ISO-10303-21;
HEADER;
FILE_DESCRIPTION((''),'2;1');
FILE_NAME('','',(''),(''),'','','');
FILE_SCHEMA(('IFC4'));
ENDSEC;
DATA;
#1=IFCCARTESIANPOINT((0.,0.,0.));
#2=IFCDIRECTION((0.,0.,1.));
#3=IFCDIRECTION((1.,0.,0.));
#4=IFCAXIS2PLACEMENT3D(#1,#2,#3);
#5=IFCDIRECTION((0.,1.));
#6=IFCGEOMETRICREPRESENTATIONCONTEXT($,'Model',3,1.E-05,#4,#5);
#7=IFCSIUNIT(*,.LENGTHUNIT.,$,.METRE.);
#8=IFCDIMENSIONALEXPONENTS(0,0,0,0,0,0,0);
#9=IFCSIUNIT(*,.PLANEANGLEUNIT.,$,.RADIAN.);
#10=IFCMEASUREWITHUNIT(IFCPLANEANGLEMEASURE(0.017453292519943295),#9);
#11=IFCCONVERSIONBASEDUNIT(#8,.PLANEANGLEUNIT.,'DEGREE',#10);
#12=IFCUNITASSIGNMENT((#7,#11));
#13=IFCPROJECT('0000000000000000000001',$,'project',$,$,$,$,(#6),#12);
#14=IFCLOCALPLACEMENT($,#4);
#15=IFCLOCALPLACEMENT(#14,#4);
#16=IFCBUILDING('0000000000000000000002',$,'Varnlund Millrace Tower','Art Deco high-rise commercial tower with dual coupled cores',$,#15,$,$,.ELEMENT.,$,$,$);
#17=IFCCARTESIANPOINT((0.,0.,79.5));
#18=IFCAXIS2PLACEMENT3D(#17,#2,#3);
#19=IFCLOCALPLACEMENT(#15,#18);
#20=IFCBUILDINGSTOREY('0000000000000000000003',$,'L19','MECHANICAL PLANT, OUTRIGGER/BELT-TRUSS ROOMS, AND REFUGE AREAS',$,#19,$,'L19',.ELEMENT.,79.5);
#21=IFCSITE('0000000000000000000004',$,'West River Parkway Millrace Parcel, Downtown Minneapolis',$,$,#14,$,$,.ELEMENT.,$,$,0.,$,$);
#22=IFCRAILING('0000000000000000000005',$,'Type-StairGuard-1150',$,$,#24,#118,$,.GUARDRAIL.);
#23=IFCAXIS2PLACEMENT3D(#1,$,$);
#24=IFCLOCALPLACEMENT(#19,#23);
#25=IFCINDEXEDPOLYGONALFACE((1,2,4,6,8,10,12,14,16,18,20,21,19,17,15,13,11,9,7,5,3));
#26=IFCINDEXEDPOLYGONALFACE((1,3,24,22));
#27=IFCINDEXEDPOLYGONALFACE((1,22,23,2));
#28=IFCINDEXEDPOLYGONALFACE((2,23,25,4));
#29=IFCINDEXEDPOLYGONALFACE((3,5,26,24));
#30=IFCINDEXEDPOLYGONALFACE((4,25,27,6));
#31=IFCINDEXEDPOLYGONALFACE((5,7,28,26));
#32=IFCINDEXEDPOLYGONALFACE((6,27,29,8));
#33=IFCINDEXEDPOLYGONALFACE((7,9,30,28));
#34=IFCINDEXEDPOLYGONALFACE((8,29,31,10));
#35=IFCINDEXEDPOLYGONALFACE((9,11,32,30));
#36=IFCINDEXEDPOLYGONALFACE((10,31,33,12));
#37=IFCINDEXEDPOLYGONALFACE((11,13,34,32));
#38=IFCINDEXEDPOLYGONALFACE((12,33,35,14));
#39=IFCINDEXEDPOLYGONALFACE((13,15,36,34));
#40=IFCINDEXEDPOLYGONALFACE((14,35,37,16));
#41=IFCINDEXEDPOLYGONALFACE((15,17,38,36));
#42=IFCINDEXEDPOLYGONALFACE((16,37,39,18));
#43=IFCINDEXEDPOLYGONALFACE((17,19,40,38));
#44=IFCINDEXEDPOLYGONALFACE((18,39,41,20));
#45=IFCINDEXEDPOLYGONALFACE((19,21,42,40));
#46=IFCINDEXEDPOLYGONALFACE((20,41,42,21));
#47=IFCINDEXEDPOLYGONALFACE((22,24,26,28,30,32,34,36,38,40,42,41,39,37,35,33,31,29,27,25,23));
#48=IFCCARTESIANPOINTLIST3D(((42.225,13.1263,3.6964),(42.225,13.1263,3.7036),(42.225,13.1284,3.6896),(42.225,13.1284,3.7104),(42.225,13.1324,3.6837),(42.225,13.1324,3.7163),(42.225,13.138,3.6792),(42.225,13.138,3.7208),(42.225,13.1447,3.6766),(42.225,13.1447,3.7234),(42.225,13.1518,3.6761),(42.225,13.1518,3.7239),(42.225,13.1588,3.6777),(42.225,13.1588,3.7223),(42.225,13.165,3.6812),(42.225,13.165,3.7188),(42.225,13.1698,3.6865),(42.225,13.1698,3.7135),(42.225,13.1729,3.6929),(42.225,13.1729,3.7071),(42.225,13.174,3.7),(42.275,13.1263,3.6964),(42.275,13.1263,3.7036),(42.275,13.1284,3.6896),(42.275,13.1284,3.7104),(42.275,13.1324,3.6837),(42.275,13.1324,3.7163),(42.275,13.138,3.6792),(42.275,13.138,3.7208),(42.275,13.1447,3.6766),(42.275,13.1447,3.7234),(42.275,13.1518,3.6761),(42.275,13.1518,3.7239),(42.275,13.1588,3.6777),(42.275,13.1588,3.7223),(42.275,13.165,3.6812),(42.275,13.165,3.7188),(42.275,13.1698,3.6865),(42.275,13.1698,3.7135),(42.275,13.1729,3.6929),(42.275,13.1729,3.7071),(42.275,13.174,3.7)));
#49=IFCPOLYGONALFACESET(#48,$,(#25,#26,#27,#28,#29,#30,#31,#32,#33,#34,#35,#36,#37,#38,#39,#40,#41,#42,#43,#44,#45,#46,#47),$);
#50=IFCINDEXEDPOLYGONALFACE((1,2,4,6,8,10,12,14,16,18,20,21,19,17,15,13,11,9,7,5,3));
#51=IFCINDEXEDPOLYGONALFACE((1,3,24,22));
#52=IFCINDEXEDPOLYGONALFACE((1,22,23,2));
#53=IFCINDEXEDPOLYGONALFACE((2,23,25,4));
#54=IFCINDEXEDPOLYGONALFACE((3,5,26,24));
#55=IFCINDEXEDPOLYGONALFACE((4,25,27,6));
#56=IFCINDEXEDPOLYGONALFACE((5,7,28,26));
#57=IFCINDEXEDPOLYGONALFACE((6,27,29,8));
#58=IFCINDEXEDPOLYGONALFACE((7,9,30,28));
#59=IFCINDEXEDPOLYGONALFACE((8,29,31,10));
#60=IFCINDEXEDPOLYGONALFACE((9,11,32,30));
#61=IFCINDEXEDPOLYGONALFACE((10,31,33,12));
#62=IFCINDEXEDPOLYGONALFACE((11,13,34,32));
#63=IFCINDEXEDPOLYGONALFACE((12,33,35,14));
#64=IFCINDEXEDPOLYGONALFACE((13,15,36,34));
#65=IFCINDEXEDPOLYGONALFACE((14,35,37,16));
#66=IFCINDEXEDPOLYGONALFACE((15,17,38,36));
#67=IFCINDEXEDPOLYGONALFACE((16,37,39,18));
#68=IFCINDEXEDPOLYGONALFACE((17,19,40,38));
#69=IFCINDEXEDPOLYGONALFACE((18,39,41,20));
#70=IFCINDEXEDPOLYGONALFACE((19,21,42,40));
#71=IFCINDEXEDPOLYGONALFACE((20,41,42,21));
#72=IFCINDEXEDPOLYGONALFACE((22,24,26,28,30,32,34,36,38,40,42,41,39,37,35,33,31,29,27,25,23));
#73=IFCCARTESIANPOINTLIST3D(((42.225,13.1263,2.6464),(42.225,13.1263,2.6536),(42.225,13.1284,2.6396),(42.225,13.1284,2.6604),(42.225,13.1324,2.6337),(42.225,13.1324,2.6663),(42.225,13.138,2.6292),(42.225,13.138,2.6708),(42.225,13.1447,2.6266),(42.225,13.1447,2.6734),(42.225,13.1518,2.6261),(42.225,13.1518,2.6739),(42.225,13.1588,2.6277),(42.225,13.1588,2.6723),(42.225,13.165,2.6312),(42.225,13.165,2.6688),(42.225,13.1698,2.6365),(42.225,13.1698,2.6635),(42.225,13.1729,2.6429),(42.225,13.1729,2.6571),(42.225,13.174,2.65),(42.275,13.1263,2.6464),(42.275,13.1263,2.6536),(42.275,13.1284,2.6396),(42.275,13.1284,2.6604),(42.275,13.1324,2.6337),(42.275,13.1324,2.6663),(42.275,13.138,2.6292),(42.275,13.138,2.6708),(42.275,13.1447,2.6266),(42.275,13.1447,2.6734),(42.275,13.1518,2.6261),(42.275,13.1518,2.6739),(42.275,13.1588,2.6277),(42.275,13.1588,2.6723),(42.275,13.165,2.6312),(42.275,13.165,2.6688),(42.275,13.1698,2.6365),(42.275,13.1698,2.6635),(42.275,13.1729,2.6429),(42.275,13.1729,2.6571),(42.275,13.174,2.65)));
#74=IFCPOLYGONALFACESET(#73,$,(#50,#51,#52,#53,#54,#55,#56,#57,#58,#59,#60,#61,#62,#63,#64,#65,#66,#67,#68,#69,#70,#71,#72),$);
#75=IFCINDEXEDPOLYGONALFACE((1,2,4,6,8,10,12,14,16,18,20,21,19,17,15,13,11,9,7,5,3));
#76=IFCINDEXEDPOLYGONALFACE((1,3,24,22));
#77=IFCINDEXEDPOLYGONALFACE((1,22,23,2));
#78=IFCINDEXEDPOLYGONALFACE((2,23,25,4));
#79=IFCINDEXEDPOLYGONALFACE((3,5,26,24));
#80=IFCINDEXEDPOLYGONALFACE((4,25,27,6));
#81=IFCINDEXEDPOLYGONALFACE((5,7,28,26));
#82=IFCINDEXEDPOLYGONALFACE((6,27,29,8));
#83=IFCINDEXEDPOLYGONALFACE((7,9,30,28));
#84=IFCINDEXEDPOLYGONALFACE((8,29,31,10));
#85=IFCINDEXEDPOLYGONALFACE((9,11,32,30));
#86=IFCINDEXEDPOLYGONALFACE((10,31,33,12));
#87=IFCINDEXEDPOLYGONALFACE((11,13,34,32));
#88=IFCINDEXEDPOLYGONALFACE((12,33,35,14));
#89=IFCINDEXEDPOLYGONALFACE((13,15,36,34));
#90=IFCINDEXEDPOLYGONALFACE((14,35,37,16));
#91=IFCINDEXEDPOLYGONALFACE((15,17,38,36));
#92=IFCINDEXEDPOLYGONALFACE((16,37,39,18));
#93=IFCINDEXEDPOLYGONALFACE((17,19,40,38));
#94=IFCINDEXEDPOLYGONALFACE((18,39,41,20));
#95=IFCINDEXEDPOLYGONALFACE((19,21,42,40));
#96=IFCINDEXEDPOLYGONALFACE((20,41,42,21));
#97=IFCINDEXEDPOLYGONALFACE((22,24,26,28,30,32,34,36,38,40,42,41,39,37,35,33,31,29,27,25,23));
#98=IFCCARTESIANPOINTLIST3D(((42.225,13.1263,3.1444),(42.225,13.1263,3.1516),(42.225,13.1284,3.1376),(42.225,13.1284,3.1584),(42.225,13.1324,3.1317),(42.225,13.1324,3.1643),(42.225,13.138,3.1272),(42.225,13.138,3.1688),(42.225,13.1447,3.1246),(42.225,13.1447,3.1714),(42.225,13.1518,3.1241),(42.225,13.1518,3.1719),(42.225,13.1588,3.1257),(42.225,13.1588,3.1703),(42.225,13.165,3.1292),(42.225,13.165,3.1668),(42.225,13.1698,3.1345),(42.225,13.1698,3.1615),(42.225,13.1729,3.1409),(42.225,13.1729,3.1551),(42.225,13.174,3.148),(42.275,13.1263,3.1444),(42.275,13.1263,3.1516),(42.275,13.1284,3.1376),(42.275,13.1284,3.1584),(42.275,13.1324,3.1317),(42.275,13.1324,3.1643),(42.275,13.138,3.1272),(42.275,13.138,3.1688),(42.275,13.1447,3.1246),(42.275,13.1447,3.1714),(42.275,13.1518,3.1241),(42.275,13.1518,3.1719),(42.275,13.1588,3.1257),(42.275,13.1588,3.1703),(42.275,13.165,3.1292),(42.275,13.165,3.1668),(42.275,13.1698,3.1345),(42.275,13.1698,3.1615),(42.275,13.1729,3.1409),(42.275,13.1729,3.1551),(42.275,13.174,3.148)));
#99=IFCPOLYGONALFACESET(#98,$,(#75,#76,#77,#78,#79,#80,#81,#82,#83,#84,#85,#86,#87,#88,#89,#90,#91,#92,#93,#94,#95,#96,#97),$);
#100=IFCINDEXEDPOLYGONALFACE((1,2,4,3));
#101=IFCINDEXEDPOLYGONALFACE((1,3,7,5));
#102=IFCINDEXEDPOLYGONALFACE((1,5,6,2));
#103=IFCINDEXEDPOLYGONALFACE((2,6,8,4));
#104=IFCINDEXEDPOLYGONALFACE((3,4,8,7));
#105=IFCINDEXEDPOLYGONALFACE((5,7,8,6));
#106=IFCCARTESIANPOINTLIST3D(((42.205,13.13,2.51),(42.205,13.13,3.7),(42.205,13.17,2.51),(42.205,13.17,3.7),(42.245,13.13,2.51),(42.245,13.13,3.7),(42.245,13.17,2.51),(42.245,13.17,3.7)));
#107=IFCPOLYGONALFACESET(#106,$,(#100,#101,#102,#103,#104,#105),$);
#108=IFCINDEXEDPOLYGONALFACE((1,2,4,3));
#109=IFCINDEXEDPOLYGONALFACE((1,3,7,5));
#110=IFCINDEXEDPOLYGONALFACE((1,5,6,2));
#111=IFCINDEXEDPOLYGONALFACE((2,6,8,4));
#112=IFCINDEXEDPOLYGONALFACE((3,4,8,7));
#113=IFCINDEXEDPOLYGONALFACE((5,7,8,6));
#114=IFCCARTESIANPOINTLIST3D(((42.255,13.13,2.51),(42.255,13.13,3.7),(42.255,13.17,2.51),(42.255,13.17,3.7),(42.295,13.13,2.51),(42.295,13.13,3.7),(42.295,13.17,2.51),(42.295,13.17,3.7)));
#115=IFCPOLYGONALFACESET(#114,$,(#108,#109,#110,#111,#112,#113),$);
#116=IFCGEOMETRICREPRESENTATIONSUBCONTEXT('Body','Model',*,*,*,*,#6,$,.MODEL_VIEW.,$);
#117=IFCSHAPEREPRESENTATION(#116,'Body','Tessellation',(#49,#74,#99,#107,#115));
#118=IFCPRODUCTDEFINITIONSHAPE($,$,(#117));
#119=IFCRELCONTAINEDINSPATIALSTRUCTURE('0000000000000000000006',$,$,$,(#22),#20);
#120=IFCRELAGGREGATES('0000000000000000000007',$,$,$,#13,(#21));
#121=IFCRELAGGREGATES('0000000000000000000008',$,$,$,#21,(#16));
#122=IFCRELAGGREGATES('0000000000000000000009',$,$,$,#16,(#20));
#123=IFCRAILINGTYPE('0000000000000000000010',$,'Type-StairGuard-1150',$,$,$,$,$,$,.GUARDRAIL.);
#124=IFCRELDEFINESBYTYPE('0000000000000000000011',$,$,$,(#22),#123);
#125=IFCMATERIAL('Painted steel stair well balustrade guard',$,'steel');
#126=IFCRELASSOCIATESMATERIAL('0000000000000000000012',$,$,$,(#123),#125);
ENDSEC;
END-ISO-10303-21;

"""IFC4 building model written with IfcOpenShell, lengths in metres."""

from ifc_helpers import new_model, entity, si_unit, converted_unit, direction, frame, origin_with_axes, origin_2d_with_axis, place, context, subcontext, project, spatial, rectangle, circle, extrude, material, type_object, element, save


model = new_model("IFC4")

# Units and contexts
model_context = context("Model", 3, precision=1e-05, world=origin_with_axes(), true_north=direction((0.0, 1.0)))
body_context = subcontext(model_context, "Body", "Model", "MODEL_VIEW")
ifc_project = project(units=[si_unit("LENGTHUNIT", "METRE"), converted_unit("PLANEANGLEUNIT", "DEGREE", entity("IfcPlaneAngleMeasure", 0.017453292519943295), si_unit("PLANEANGLEUNIT", "RADIAN"), dimensions=[0, 0, 0, 0, 0, 0, 0])], contexts=[model_context])

# Site, building, storey
site_placement = place(None, origin_with_axes())
site = spatial("IfcSite", under=ifc_project, at=site_placement, Name="West River Parkway Millrace Parcel, Downtown Minneapolis", CompositionType="ELEMENT", RefElevation=0.0)
building_placement = place(site_placement, origin_with_axes())
building = spatial("IfcBuilding", under=site, at=building_placement, Name="Varnlund Millrace Tower", Description="Art Deco high-rise commercial tower with dual coupled cores", CompositionType="ELEMENT")
storey_placement = place(building_placement, frame((0.0, 0.0, 79.5), z_axis=(0.0, 0.0, 1.0), x_axis=(1.0, 0.0, 0.0)))
storey = spatial("IfcBuildingStorey", under=building, at=storey_placement, Name="L19", Description="MECHANICAL PLANT, OUTRIGGER/BELT-TRUSS ROOMS, AND REFUGE AREAS", LongName="L19", CompositionType="ELEMENT", Elevation=79.5)

# Railing
ifc_material_1 = material(Name="Painted steel stair well balustrade guard", Category="steel")
railing_type_1 = type_object("IfcRailingType", Name="Type-StairGuard-1150", PredefinedType="GUARDRAIL", material=ifc_material_1)
railing_1_placement = place(storey_placement, frame((0.0, 0.0, -79.5), z_axis=(0.0, 0.0, 1.0), x_axis=(1.0, 0.0, 0.0)))
element("IfcRailing", 1, at=railing_1_placement, inside=storey, type_object=railing_type_1, Name="Type-StairGuard-1150", PredefinedType="GUARDRAIL", context=body_context, shape_type="SweptSolid", body=[
    extrude(circle(Radius=0.024, at=origin_2d_with_axis()), frame((42.225, 13.15, 83.2), z_axis=(1.0, 0.0, 0.0), x_axis=(0.0, 1.0, 0.0)), (0.0, 0.0, 1.0), 0.05),
    extrude(circle(Radius=0.024, at=origin_2d_with_axis()), frame((42.225, 13.15, 82.15), z_axis=(1.0, 0.0, 0.0), x_axis=(0.0, 1.0, 0.0)), (0.0, 0.0, 1.0), 0.05),
    extrude(circle(Radius=0.024, at=origin_2d_with_axis()), frame((42.225, 13.15, 82.648), z_axis=(1.0, 0.0, 0.0), x_axis=(0.0, 1.0, 0.0)), (0.0, 0.0, 1.0), 0.05),
    extrude(rectangle(XDim=0.04, YDim=0.04, at=origin_2d_with_axis()), frame((42.225, 13.15, 82.01), z_axis=(0.0, 0.0, 1.0), x_axis=(1.0, 0.0, 0.0)), (0.0, 0.0, 1.0), 1.19),
    extrude(rectangle(XDim=0.04, YDim=0.04, at=origin_2d_with_axis()), frame((42.275, 13.15, 82.01), z_axis=(0.0, 0.0, 1.0), x_axis=(1.0, 0.0, 0.0)), (0.0, 0.0, 1.0), 1.19),
])

save(model, "model.ifc")
